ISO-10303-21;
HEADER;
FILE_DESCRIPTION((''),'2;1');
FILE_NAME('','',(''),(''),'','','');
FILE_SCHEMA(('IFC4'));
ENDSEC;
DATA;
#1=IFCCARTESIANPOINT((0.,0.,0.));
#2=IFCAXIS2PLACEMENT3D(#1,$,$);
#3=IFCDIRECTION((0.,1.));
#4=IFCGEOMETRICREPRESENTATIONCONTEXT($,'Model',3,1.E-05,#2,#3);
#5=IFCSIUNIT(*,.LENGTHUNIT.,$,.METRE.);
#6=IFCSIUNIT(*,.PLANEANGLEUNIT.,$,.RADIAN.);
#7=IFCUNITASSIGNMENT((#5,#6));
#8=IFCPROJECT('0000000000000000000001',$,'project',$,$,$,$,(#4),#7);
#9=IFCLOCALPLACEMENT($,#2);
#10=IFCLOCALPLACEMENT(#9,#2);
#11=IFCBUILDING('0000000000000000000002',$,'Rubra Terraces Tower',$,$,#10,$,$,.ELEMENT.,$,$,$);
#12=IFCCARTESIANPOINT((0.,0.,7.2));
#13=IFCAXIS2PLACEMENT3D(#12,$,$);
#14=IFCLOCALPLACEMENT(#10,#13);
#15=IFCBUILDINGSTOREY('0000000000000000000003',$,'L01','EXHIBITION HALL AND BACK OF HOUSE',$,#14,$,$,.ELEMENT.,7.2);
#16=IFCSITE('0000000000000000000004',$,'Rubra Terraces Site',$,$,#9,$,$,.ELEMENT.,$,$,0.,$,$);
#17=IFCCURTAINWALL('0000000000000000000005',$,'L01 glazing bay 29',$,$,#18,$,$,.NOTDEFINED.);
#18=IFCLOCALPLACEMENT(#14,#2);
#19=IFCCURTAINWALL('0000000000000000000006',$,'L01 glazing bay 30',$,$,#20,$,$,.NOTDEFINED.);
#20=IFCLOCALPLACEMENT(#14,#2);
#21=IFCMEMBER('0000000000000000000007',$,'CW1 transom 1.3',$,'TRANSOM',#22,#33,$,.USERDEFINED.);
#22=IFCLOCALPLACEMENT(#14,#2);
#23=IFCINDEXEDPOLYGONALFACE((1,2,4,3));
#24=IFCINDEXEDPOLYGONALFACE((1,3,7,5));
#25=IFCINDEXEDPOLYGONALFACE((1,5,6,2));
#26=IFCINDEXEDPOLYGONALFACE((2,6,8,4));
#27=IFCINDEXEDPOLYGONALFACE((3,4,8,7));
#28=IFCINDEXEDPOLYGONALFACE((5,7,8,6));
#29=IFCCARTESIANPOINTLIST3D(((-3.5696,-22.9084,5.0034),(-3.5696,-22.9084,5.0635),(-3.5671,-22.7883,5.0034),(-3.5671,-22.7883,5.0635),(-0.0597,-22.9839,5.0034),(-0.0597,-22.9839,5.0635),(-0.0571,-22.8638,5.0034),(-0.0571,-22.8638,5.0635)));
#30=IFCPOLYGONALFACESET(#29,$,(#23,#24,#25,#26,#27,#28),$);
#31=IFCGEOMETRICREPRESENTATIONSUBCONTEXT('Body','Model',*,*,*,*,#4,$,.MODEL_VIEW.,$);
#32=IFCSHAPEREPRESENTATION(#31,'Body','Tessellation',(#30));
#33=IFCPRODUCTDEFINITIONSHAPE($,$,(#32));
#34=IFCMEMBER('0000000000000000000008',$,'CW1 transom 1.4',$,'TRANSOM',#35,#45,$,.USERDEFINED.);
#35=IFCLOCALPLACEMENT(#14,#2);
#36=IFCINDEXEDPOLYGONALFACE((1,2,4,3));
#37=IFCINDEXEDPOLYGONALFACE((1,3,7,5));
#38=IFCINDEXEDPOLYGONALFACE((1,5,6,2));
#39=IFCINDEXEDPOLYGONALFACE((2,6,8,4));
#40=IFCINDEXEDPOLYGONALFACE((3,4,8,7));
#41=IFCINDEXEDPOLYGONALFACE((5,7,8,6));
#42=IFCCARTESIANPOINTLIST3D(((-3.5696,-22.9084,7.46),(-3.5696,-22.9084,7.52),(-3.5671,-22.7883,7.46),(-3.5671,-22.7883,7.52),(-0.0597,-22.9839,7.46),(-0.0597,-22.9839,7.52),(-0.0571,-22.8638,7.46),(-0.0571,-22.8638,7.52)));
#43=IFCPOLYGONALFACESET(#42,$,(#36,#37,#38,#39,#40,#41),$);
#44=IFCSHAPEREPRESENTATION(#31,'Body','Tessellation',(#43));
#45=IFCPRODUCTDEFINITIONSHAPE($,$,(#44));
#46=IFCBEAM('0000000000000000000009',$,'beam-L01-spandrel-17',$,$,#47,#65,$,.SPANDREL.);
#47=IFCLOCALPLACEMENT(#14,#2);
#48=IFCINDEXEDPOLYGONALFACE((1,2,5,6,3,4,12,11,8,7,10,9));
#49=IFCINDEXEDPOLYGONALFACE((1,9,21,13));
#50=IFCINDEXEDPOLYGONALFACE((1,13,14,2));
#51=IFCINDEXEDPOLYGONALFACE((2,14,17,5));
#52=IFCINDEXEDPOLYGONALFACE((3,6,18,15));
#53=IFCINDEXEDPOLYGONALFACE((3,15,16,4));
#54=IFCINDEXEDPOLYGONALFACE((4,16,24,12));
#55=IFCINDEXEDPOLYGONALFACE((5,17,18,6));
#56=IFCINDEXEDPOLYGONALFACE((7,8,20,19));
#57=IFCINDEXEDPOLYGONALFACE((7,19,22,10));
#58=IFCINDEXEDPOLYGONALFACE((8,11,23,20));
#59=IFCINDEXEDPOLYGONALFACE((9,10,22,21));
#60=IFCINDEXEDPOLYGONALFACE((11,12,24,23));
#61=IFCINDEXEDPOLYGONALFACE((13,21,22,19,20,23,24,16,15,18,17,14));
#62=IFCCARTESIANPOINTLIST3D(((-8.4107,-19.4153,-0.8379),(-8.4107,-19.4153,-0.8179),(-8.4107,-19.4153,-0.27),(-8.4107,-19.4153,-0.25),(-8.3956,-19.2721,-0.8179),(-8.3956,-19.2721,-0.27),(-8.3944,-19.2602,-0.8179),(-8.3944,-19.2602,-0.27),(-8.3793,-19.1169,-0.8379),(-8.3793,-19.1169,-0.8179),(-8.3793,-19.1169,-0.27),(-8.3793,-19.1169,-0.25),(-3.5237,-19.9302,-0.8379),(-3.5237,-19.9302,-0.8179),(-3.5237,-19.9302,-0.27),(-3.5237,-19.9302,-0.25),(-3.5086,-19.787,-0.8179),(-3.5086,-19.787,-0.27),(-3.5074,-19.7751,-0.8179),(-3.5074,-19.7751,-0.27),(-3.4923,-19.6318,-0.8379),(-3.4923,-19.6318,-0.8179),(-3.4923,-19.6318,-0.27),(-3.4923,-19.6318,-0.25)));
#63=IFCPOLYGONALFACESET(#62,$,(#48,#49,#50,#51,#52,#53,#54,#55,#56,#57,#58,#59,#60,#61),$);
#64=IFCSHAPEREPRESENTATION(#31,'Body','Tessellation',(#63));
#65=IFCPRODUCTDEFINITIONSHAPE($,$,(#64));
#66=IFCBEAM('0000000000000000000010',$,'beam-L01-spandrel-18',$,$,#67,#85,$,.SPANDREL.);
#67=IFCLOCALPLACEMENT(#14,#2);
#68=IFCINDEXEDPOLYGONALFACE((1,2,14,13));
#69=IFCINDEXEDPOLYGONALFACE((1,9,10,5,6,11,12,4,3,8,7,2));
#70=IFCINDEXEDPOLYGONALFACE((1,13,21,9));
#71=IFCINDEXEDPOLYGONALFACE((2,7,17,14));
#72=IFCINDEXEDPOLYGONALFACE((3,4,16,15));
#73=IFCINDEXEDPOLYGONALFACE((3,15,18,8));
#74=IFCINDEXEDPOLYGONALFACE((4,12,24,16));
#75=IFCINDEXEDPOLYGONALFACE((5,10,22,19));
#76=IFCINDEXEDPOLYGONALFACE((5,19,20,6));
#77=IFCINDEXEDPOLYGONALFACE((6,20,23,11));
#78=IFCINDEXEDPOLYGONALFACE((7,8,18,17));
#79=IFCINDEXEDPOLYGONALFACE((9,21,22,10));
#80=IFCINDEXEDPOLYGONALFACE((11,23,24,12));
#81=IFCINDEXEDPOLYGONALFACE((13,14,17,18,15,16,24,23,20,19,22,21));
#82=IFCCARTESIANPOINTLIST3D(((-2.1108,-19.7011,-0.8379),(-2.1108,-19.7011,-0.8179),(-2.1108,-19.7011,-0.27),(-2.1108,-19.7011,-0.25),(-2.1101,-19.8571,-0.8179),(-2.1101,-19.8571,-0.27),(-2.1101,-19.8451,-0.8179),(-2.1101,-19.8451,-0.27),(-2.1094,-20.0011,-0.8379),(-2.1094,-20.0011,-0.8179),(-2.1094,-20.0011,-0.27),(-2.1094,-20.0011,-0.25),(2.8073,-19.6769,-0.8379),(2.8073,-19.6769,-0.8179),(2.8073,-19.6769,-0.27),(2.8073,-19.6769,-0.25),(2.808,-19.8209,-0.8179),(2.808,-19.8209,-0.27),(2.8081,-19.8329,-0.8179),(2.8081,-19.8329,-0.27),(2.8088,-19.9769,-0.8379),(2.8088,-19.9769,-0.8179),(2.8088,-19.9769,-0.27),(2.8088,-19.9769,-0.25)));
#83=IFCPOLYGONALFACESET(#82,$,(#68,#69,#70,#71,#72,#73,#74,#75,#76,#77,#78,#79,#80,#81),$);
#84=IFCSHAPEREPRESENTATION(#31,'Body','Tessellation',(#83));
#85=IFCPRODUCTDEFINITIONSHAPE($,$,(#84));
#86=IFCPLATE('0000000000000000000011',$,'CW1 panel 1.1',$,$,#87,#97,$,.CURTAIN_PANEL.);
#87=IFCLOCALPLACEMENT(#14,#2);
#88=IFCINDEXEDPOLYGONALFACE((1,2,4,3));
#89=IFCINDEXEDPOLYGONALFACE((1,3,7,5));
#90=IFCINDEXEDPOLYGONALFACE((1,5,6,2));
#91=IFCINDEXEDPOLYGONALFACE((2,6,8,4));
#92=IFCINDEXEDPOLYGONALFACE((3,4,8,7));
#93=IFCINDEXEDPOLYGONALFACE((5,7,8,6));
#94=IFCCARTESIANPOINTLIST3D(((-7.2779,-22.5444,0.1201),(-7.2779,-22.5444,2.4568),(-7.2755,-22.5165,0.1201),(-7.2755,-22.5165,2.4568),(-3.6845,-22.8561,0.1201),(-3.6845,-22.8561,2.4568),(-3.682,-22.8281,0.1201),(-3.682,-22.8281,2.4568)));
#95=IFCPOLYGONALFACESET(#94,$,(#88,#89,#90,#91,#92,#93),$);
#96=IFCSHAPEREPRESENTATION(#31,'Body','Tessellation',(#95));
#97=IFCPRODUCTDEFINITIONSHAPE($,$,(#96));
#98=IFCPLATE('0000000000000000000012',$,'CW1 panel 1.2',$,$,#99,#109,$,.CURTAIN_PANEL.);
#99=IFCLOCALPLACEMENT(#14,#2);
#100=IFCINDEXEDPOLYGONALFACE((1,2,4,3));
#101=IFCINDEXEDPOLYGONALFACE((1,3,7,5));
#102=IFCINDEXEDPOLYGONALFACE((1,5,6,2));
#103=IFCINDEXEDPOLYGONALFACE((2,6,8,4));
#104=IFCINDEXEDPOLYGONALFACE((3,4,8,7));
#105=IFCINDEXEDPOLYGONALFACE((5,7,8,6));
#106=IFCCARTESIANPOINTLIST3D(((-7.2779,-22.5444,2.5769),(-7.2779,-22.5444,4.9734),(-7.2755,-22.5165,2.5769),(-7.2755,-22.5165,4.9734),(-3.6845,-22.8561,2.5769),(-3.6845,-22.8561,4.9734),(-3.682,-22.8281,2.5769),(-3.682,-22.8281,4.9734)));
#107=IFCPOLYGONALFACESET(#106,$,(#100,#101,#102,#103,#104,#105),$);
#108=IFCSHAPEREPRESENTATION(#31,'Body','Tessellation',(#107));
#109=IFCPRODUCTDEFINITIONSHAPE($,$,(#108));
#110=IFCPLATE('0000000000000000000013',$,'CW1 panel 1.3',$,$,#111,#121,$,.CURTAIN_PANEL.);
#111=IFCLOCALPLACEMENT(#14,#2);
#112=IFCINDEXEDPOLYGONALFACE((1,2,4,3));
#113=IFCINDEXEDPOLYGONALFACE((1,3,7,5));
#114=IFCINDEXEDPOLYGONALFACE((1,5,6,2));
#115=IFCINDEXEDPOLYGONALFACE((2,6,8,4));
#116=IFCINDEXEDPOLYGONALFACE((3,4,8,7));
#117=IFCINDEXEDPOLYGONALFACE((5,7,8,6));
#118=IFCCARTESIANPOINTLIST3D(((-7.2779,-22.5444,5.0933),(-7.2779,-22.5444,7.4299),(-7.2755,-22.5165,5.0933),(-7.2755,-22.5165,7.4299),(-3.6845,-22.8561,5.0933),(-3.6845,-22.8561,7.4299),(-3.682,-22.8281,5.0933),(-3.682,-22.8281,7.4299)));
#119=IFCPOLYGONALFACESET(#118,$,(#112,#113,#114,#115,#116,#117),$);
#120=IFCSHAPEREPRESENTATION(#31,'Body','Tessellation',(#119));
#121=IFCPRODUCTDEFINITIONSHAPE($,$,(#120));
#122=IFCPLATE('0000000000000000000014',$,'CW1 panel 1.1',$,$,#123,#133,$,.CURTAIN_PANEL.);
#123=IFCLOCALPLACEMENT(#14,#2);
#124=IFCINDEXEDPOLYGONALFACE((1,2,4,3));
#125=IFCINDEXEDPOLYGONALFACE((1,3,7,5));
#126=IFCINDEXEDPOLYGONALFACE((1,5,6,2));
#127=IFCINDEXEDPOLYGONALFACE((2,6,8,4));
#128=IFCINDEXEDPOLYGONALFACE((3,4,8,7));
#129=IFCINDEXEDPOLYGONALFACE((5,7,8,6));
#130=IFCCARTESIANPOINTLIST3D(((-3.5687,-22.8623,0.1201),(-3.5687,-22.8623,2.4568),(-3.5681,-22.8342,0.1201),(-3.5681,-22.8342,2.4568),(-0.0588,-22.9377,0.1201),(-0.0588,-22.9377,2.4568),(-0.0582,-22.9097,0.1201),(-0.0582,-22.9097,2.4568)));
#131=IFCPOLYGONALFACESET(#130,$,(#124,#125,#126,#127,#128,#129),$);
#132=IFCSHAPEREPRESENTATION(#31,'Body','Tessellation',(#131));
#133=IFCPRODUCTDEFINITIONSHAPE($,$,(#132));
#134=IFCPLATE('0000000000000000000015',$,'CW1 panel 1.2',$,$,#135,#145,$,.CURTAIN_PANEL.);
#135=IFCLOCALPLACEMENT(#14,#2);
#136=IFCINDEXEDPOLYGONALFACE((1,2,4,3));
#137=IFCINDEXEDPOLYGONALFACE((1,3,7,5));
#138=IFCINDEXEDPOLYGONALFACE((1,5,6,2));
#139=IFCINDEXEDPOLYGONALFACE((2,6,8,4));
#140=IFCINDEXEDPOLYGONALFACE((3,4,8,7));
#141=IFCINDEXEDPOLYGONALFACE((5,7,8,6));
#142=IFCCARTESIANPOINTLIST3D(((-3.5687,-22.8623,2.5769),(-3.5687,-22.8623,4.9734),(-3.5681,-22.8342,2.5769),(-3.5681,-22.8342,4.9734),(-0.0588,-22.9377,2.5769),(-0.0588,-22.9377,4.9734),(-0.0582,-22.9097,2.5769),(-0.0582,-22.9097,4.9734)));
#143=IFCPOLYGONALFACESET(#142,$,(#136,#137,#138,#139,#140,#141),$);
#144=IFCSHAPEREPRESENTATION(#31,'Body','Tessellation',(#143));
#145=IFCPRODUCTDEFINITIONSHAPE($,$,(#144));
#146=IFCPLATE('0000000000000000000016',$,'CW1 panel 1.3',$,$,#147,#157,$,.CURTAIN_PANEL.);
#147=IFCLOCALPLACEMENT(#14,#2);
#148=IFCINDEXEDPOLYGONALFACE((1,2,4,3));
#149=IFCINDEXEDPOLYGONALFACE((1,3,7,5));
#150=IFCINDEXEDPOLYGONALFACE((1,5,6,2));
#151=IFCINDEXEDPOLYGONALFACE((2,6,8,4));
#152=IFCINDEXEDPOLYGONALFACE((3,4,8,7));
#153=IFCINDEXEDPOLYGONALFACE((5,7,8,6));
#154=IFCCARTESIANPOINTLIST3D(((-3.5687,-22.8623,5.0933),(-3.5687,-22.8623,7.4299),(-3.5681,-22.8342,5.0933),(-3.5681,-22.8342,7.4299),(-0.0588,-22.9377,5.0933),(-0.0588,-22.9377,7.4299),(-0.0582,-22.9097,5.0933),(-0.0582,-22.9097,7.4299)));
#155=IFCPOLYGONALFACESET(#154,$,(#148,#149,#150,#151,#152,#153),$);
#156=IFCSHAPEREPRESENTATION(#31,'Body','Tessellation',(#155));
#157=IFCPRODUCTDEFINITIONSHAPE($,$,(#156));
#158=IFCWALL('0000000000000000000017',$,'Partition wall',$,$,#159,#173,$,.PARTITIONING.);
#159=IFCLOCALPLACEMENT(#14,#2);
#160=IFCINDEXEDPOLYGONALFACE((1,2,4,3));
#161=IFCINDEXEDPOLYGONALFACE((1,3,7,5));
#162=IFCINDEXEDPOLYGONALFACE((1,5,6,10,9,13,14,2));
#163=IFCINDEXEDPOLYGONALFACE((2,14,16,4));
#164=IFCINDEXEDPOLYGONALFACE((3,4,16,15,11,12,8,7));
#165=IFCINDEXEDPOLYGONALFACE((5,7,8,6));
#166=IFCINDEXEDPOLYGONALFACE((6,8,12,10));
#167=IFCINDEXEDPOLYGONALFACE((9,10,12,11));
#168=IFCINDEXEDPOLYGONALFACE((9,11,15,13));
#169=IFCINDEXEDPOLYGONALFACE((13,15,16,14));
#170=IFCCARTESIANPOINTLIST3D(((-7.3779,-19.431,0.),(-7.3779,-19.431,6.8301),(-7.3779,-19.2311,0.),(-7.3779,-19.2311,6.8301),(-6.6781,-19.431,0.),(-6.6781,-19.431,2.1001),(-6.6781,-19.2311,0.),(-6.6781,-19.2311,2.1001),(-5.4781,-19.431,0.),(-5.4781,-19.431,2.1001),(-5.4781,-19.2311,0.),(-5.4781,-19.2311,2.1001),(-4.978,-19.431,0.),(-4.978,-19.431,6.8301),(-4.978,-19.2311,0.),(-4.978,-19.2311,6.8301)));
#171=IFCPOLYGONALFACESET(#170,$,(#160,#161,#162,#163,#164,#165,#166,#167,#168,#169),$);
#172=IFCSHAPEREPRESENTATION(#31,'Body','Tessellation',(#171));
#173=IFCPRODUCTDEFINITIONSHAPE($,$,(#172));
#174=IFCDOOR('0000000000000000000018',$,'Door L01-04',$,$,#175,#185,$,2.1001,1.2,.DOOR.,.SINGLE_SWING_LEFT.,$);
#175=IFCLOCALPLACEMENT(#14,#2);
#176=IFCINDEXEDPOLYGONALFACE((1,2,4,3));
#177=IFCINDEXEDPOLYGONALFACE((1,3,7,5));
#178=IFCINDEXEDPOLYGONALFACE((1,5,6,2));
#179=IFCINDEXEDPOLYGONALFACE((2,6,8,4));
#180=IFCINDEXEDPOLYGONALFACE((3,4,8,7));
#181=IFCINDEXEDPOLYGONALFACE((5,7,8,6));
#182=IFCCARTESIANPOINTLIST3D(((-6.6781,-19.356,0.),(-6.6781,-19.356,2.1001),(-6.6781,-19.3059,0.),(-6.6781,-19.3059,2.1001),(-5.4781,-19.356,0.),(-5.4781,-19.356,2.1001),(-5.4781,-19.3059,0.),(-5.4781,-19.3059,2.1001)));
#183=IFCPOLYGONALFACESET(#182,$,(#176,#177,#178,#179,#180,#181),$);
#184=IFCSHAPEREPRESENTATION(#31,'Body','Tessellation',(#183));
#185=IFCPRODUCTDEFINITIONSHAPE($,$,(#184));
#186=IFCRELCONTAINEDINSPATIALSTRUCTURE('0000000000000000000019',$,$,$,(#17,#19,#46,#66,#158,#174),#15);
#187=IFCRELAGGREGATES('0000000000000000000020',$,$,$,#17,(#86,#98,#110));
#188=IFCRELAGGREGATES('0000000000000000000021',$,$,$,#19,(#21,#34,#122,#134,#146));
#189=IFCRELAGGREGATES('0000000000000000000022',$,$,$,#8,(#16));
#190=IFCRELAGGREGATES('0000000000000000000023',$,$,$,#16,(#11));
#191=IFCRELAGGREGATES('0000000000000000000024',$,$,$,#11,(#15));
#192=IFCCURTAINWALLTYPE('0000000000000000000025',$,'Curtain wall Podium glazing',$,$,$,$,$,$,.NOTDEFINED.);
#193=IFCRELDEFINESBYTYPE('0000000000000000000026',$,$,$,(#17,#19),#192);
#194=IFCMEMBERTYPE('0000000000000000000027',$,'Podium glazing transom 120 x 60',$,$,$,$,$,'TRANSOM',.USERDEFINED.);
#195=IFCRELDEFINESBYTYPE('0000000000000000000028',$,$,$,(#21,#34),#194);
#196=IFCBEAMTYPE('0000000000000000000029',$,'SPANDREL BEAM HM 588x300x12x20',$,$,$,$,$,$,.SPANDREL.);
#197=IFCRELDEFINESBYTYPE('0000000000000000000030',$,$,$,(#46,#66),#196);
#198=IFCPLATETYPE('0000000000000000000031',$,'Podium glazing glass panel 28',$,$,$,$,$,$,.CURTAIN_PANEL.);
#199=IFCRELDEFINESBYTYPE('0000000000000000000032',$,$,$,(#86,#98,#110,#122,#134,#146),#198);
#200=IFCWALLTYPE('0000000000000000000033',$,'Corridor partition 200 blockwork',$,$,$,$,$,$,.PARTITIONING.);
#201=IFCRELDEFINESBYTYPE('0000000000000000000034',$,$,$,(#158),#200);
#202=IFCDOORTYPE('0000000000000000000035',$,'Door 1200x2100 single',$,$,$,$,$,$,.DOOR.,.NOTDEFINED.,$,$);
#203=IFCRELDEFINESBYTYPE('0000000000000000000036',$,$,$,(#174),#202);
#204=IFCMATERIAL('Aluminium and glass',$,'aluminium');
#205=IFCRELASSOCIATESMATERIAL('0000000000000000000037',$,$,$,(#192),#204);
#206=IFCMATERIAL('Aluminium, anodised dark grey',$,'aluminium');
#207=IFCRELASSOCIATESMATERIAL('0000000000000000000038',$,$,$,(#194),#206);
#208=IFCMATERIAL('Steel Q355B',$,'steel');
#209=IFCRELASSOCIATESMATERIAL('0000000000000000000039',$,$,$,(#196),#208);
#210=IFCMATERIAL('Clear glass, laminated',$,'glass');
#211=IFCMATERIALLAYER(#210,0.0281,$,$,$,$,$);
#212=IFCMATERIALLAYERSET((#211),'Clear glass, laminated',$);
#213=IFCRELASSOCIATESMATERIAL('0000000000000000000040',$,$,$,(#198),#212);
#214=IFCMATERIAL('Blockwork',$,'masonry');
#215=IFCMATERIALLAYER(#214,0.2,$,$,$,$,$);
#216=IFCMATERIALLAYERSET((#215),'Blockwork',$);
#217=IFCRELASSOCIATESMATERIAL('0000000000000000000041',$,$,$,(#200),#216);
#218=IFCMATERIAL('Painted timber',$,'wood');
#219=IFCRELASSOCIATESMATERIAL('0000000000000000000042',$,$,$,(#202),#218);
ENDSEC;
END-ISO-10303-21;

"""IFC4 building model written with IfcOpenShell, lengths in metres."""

from ifc_helpers import new_model, si_unit, direction, frame, frame_2d, origin, origin_2d, place, context, subcontext, project, spatial, rectangle, i_section, extrude, material, layer, layer_set, material_profile, profile_set, type_object, element, fill, aggregate, save


model = new_model("IFC4")

# Units and contexts
model_context = context("Model", 3, precision=1e-05, world=origin(), true_north=direction((0.0, 1.0)))
body_context = subcontext(model_context, "Body", "Model", "MODEL_VIEW")
ifc_project = project(units=[si_unit("LENGTHUNIT", "METRE"), si_unit("PLANEANGLEUNIT", "RADIAN")], contexts=[model_context])

# Site, building, storey
site_placement = place(None, origin())
site = spatial("IfcSite", under=ifc_project, at=site_placement, Name="Rubra Terraces Site", CompositionType="ELEMENT", RefElevation=0.0)
building_placement = place(site_placement, origin())
building = spatial("IfcBuilding", under=site, at=building_placement, Name="Rubra Terraces Tower", CompositionType="ELEMENT")
storey_placement = place(building_placement, frame((0.0, 0.0, 7.2)))
storey = spatial("IfcBuildingStorey", under=building, at=storey_placement, Name="L01", Description="EXHIBITION HALL AND BACK OF HOUSE", CompositionType="ELEMENT", Elevation=7.2)

# Shared definitions
ifc_material_1 = material(Name="Steel Q355B", Category="steel")

# Curtain walls
ifc_material_2 = material(Name="Aluminium and glass", Category="aluminium")
curtain_wall_type = type_object("IfcCurtainWallType", Name="Curtain wall Podium glazing", PredefinedType="NOTDEFINED", material=ifc_material_2)
curtain_wall_1_placement = place(storey_placement, origin())
curtain_wall_1 = element("IfcCurtainWall", 1, at=curtain_wall_1_placement, inside=storey, type_object=curtain_wall_type, Name="L01 glazing bay 29", PredefinedType="NOTDEFINED")
ifc_material_3 = material(Name="Aluminium, anodised dark grey", Category="aluminium")
curtain_wall_2_placement = place(storey_placement, origin())
curtain_wall_2 = element("IfcCurtainWall", 2, at=curtain_wall_2_placement, inside=storey, type_object=curtain_wall_type, Name="L01 glazing bay 30", PredefinedType="NOTDEFINED")

# Members
ifc_material_profile_1 = material_profile(ifc_material_3, rectangle(XDim=0.1201, YDim=0.0601, at=origin_2d()), Name="AL 120x60")
ifc_profile_set_1 = profile_set([ifc_material_profile_1], Name="Aluminium, anodised dark grey")
member_type_1 = type_object("IfcMemberType", Name="Podium glazing transom 120 x 60", ElementType="TRANSOM", PredefinedType="USERDEFINED", material=ifc_profile_set_1)
member_1_placement = place(storey_placement, frame((-3.5684, -22.8484, 5.0334), z_axis=(0.999769, -0.021488, 0.0), x_axis=(0.021488, 0.999769, 0.0)))
member_1 = element("IfcMember", 3, at=member_1_placement, type_object=member_type_1, Name="CW1 transom 1.3", ObjectType="TRANSOM", PredefinedType="USERDEFINED", context=body_context, shape_type="SweptSolid", body=[
    extrude(rectangle(XDim=0.1201, YDim=0.0601, at=origin_2d()), origin(), (0.0, 0.0, 1.0), 3.5107),
])
member_2_placement = place(storey_placement, frame((-3.5684, -22.8484, 7.49), z_axis=(0.999769, -0.021488, 0.0), x_axis=(0.021488, 0.999769, 0.0)))
member_2 = element("IfcMember", 4, at=member_2_placement, type_object=member_type_1, Name="CW1 transom 1.4", ObjectType="TRANSOM", PredefinedType="USERDEFINED", context=body_context, shape_type="SweptSolid", body=[
    extrude(rectangle(XDim=0.1201, YDim=0.0601, at=origin_2d()), origin(), (0.0, 0.0, 1.0), 3.5107),
])

# Beams
ifc_material_profile_2 = material_profile(ifc_material_1, i_section(OverallWidth=0.3, OverallDepth=0.5879, WebThickness=0.012, FlangeThickness=0.02, at=origin_2d()), Name="HM 588x300x12x20")
ifc_profile_set_2 = profile_set([ifc_material_profile_2], Name="Steel Q355B")
beam_type_1 = type_object("IfcBeamType", Name="SPANDREL BEAM HM 588x300x12x20", PredefinedType="SPANDREL", material=ifc_profile_set_2)
beam_1_placement = place(storey_placement, frame((-8.395, -19.2661, -0.5439), z_axis=(0.994495, -0.10478, 0.0), x_axis=(0.10478, 0.994495, 0.0)))
element("IfcBeam", 5, at=beam_1_placement, inside=storey, type_object=beam_type_1, Name="beam-L01-spandrel-17", PredefinedType="SPANDREL", context=body_context, shape_type="SweptSolid", body=[
    extrude(i_section(OverallWidth=0.3, OverallDepth=0.5879, WebThickness=0.012, FlangeThickness=0.02, at=origin_2d()), origin(), (0.0, 0.0, 1.0), 4.9141),
])
beam_2_placement = place(storey_placement, frame((-2.1101, -19.8511, -0.5439), z_axis=(0.999988, 0.004914, 0.0), x_axis=(-0.004914, 0.999988, 0.0)))
element("IfcBeam", 6, at=beam_2_placement, inside=storey, type_object=beam_type_1, Name="beam-L01-spandrel-18", PredefinedType="SPANDREL", context=body_context, shape_type="SweptSolid", body=[
    extrude(i_section(OverallWidth=0.3, OverallDepth=0.5879, WebThickness=0.012, FlangeThickness=0.02, at=origin_2d()), origin(), (0.0, 0.0, 1.0), 4.9182),
])

# Plates
ifc_material_4 = material(Name="Clear glass, laminated", Category="glass")
ifc_layer_1 = layer(ifc_material_4, 0.0281)
ifc_layer_set_1 = layer_set([ifc_layer_1], Name="Clear glass, laminated")
plate_type = type_object("IfcPlateType", Name="Podium glazing glass panel 28", PredefinedType="CURTAIN_PANEL", material=ifc_layer_set_1)
plate_1_placement = place(storey_placement, frame((-5.48, -22.6863, 0.1201), z_axis=(0.0, 0.0, 1.0), x_axis=(0.996261, -0.086398, 0.0)))
plate_1 = element("IfcPlate", 7, at=plate_1_placement, type_object=plate_type, Name="CW1 panel 1.1", PredefinedType="CURTAIN_PANEL", context=body_context, shape_type="SweptSolid", body=[
    extrude(rectangle(XDim=3.6069, YDim=0.0281, at=origin_2d()), origin(), (0.0, 0.0, 1.0), 2.3367),
])
plate_2_placement = place(storey_placement, frame((-5.48, -22.6863, 2.5769), z_axis=(0.0, 0.0, 1.0), x_axis=(0.996261, -0.086398, 0.0)))
plate_2 = element("IfcPlate", 8, at=plate_2_placement, type_object=plate_type, Name="CW1 panel 1.2", PredefinedType="CURTAIN_PANEL", context=body_context, shape_type="SweptSolid", body=[
    extrude(rectangle(XDim=3.6069, YDim=0.0281, at=origin_2d()), origin(), (0.0, 0.0, 1.0), 2.3965),
])
plate_3_placement = place(storey_placement, frame((-5.48, -22.6863, 5.0933), z_axis=(0.0, 0.0, 1.0), x_axis=(0.996261, -0.086398, 0.0)))
plate_3 = element("IfcPlate", 9, at=plate_3_placement, type_object=plate_type, Name="CW1 panel 1.3", PredefinedType="CURTAIN_PANEL", context=body_context, shape_type="SweptSolid", body=[
    extrude(rectangle(XDim=3.6069, YDim=0.0281, at=origin_2d()), origin(), (0.0, 0.0, 1.0), 2.3367),
])
aggregate(curtain_wall_1, [plate_1, plate_2, plate_3])
plate_4_placement = place(storey_placement, frame((-1.8135, -22.886, 0.1201), z_axis=(0.0, 0.0, 1.0), x_axis=(0.999769, -0.021483, 0.0)))
plate_4 = element("IfcPlate", 10, at=plate_4_placement, type_object=plate_type, Name="CW1 panel 1.1", PredefinedType="CURTAIN_PANEL", context=body_context, shape_type="SweptSolid", body=[
    extrude(rectangle(XDim=3.5107, YDim=0.0281, at=origin_2d()), origin(), (0.0, 0.0, 1.0), 2.3367),
])
plate_5_placement = place(storey_placement, frame((-1.8135, -22.886, 2.5769), z_axis=(0.0, 0.0, 1.0), x_axis=(0.999769, -0.021483, 0.0)))
plate_5 = element("IfcPlate", 11, at=plate_5_placement, type_object=plate_type, Name="CW1 panel 1.2", PredefinedType="CURTAIN_PANEL", context=body_context, shape_type="SweptSolid", body=[
    extrude(rectangle(XDim=3.5107, YDim=0.0281, at=origin_2d()), origin(), (0.0, 0.0, 1.0), 2.3965),
])
plate_6_placement = place(storey_placement, frame((-1.8135, -22.886, 5.0933), z_axis=(0.0, 0.0, 1.0), x_axis=(0.999769, -0.021483, 0.0)))
plate_6 = element("IfcPlate", 12, at=plate_6_placement, type_object=plate_type, Name="CW1 panel 1.3", PredefinedType="CURTAIN_PANEL", context=body_context, shape_type="SweptSolid", body=[
    extrude(rectangle(XDim=3.5107, YDim=0.0281, at=origin_2d()), origin(), (0.0, 0.0, 1.0), 2.3367),
])
aggregate(curtain_wall_2, [member_1, member_2, plate_4, plate_5, plate_6])

# Wall, opening, door
ifc_material_5 = material(Name="Blockwork", Category="masonry")
ifc_layer_2 = layer(ifc_material_5, 0.2)
ifc_layer_set_2 = layer_set([ifc_layer_2], Name="Blockwork")
wall_type = type_object("IfcWallType", Name="Corridor partition 200 blockwork", PredefinedType="PARTITIONING", material=ifc_layer_set_2)
wall_1_placement = place(storey_placement, frame((-4.978, -19.3311, 0.0), z_axis=(0.0, 0.0, 1.0), x_axis=(-1.0, 0.0, 0.0)))
wall_1 = element("IfcWall", 13, at=wall_1_placement, inside=storey, type_object=wall_type, Name="Partition wall", PredefinedType="PARTITIONING", context=body_context, shape_type="SweptSolid", body=[
    extrude(rectangle(XDim=2.3999, YDim=0.2, at=frame_2d((1.2, 0.0))), origin(), (0.0, 0.0, 1.0), 6.8301),
])
opening_placement = place(wall_1_placement, frame((0.5, 0.0, 0.0)))
opening = element("IfcOpeningElement", 14, at=opening_placement, cuts=wall_1, PredefinedType="OPENING", context=body_context, shape_type="SweptSolid", body=[
    extrude(rectangle(XDim=1.2, YDim=2.1001, at=frame_2d((0.6001, 1.05))), frame((0.0, 0.1099, 0.0), z_axis=(0.0, -1.0, 0.0), x_axis=(1.0, 0.0, 0.0)), (0.0, 0.0, 1.0), 0.22),
])
ifc_material_6 = material(Name="Painted timber", Category="wood")
door_type = type_object("IfcDoorType", Name="Door 1200x2100 single", OperationType="NOTDEFINED", PredefinedType="DOOR", material=ifc_material_6)
door_placement = place(opening_placement, origin())
door = element("IfcDoor", 15, at=door_placement, inside=storey, type_object=door_type, Name="Door L01-04", OperationType="SINGLE_SWING_LEFT", OverallHeight=2.1001, OverallWidth=1.2, PredefinedType="DOOR", context=body_context, shape_type="SweptSolid", body=[
    extrude(rectangle(XDim=1.2, YDim=2.1001, at=frame_2d((0.6001, 1.05))), frame((0.0, 0.0249, 0.0), z_axis=(0.0, -1.0, 0.0), x_axis=(1.0, 0.0, 0.0)), (0.0, 0.0, 1.0), 0.05),
])
fill(opening, door)

save(model, "model.ifc")
